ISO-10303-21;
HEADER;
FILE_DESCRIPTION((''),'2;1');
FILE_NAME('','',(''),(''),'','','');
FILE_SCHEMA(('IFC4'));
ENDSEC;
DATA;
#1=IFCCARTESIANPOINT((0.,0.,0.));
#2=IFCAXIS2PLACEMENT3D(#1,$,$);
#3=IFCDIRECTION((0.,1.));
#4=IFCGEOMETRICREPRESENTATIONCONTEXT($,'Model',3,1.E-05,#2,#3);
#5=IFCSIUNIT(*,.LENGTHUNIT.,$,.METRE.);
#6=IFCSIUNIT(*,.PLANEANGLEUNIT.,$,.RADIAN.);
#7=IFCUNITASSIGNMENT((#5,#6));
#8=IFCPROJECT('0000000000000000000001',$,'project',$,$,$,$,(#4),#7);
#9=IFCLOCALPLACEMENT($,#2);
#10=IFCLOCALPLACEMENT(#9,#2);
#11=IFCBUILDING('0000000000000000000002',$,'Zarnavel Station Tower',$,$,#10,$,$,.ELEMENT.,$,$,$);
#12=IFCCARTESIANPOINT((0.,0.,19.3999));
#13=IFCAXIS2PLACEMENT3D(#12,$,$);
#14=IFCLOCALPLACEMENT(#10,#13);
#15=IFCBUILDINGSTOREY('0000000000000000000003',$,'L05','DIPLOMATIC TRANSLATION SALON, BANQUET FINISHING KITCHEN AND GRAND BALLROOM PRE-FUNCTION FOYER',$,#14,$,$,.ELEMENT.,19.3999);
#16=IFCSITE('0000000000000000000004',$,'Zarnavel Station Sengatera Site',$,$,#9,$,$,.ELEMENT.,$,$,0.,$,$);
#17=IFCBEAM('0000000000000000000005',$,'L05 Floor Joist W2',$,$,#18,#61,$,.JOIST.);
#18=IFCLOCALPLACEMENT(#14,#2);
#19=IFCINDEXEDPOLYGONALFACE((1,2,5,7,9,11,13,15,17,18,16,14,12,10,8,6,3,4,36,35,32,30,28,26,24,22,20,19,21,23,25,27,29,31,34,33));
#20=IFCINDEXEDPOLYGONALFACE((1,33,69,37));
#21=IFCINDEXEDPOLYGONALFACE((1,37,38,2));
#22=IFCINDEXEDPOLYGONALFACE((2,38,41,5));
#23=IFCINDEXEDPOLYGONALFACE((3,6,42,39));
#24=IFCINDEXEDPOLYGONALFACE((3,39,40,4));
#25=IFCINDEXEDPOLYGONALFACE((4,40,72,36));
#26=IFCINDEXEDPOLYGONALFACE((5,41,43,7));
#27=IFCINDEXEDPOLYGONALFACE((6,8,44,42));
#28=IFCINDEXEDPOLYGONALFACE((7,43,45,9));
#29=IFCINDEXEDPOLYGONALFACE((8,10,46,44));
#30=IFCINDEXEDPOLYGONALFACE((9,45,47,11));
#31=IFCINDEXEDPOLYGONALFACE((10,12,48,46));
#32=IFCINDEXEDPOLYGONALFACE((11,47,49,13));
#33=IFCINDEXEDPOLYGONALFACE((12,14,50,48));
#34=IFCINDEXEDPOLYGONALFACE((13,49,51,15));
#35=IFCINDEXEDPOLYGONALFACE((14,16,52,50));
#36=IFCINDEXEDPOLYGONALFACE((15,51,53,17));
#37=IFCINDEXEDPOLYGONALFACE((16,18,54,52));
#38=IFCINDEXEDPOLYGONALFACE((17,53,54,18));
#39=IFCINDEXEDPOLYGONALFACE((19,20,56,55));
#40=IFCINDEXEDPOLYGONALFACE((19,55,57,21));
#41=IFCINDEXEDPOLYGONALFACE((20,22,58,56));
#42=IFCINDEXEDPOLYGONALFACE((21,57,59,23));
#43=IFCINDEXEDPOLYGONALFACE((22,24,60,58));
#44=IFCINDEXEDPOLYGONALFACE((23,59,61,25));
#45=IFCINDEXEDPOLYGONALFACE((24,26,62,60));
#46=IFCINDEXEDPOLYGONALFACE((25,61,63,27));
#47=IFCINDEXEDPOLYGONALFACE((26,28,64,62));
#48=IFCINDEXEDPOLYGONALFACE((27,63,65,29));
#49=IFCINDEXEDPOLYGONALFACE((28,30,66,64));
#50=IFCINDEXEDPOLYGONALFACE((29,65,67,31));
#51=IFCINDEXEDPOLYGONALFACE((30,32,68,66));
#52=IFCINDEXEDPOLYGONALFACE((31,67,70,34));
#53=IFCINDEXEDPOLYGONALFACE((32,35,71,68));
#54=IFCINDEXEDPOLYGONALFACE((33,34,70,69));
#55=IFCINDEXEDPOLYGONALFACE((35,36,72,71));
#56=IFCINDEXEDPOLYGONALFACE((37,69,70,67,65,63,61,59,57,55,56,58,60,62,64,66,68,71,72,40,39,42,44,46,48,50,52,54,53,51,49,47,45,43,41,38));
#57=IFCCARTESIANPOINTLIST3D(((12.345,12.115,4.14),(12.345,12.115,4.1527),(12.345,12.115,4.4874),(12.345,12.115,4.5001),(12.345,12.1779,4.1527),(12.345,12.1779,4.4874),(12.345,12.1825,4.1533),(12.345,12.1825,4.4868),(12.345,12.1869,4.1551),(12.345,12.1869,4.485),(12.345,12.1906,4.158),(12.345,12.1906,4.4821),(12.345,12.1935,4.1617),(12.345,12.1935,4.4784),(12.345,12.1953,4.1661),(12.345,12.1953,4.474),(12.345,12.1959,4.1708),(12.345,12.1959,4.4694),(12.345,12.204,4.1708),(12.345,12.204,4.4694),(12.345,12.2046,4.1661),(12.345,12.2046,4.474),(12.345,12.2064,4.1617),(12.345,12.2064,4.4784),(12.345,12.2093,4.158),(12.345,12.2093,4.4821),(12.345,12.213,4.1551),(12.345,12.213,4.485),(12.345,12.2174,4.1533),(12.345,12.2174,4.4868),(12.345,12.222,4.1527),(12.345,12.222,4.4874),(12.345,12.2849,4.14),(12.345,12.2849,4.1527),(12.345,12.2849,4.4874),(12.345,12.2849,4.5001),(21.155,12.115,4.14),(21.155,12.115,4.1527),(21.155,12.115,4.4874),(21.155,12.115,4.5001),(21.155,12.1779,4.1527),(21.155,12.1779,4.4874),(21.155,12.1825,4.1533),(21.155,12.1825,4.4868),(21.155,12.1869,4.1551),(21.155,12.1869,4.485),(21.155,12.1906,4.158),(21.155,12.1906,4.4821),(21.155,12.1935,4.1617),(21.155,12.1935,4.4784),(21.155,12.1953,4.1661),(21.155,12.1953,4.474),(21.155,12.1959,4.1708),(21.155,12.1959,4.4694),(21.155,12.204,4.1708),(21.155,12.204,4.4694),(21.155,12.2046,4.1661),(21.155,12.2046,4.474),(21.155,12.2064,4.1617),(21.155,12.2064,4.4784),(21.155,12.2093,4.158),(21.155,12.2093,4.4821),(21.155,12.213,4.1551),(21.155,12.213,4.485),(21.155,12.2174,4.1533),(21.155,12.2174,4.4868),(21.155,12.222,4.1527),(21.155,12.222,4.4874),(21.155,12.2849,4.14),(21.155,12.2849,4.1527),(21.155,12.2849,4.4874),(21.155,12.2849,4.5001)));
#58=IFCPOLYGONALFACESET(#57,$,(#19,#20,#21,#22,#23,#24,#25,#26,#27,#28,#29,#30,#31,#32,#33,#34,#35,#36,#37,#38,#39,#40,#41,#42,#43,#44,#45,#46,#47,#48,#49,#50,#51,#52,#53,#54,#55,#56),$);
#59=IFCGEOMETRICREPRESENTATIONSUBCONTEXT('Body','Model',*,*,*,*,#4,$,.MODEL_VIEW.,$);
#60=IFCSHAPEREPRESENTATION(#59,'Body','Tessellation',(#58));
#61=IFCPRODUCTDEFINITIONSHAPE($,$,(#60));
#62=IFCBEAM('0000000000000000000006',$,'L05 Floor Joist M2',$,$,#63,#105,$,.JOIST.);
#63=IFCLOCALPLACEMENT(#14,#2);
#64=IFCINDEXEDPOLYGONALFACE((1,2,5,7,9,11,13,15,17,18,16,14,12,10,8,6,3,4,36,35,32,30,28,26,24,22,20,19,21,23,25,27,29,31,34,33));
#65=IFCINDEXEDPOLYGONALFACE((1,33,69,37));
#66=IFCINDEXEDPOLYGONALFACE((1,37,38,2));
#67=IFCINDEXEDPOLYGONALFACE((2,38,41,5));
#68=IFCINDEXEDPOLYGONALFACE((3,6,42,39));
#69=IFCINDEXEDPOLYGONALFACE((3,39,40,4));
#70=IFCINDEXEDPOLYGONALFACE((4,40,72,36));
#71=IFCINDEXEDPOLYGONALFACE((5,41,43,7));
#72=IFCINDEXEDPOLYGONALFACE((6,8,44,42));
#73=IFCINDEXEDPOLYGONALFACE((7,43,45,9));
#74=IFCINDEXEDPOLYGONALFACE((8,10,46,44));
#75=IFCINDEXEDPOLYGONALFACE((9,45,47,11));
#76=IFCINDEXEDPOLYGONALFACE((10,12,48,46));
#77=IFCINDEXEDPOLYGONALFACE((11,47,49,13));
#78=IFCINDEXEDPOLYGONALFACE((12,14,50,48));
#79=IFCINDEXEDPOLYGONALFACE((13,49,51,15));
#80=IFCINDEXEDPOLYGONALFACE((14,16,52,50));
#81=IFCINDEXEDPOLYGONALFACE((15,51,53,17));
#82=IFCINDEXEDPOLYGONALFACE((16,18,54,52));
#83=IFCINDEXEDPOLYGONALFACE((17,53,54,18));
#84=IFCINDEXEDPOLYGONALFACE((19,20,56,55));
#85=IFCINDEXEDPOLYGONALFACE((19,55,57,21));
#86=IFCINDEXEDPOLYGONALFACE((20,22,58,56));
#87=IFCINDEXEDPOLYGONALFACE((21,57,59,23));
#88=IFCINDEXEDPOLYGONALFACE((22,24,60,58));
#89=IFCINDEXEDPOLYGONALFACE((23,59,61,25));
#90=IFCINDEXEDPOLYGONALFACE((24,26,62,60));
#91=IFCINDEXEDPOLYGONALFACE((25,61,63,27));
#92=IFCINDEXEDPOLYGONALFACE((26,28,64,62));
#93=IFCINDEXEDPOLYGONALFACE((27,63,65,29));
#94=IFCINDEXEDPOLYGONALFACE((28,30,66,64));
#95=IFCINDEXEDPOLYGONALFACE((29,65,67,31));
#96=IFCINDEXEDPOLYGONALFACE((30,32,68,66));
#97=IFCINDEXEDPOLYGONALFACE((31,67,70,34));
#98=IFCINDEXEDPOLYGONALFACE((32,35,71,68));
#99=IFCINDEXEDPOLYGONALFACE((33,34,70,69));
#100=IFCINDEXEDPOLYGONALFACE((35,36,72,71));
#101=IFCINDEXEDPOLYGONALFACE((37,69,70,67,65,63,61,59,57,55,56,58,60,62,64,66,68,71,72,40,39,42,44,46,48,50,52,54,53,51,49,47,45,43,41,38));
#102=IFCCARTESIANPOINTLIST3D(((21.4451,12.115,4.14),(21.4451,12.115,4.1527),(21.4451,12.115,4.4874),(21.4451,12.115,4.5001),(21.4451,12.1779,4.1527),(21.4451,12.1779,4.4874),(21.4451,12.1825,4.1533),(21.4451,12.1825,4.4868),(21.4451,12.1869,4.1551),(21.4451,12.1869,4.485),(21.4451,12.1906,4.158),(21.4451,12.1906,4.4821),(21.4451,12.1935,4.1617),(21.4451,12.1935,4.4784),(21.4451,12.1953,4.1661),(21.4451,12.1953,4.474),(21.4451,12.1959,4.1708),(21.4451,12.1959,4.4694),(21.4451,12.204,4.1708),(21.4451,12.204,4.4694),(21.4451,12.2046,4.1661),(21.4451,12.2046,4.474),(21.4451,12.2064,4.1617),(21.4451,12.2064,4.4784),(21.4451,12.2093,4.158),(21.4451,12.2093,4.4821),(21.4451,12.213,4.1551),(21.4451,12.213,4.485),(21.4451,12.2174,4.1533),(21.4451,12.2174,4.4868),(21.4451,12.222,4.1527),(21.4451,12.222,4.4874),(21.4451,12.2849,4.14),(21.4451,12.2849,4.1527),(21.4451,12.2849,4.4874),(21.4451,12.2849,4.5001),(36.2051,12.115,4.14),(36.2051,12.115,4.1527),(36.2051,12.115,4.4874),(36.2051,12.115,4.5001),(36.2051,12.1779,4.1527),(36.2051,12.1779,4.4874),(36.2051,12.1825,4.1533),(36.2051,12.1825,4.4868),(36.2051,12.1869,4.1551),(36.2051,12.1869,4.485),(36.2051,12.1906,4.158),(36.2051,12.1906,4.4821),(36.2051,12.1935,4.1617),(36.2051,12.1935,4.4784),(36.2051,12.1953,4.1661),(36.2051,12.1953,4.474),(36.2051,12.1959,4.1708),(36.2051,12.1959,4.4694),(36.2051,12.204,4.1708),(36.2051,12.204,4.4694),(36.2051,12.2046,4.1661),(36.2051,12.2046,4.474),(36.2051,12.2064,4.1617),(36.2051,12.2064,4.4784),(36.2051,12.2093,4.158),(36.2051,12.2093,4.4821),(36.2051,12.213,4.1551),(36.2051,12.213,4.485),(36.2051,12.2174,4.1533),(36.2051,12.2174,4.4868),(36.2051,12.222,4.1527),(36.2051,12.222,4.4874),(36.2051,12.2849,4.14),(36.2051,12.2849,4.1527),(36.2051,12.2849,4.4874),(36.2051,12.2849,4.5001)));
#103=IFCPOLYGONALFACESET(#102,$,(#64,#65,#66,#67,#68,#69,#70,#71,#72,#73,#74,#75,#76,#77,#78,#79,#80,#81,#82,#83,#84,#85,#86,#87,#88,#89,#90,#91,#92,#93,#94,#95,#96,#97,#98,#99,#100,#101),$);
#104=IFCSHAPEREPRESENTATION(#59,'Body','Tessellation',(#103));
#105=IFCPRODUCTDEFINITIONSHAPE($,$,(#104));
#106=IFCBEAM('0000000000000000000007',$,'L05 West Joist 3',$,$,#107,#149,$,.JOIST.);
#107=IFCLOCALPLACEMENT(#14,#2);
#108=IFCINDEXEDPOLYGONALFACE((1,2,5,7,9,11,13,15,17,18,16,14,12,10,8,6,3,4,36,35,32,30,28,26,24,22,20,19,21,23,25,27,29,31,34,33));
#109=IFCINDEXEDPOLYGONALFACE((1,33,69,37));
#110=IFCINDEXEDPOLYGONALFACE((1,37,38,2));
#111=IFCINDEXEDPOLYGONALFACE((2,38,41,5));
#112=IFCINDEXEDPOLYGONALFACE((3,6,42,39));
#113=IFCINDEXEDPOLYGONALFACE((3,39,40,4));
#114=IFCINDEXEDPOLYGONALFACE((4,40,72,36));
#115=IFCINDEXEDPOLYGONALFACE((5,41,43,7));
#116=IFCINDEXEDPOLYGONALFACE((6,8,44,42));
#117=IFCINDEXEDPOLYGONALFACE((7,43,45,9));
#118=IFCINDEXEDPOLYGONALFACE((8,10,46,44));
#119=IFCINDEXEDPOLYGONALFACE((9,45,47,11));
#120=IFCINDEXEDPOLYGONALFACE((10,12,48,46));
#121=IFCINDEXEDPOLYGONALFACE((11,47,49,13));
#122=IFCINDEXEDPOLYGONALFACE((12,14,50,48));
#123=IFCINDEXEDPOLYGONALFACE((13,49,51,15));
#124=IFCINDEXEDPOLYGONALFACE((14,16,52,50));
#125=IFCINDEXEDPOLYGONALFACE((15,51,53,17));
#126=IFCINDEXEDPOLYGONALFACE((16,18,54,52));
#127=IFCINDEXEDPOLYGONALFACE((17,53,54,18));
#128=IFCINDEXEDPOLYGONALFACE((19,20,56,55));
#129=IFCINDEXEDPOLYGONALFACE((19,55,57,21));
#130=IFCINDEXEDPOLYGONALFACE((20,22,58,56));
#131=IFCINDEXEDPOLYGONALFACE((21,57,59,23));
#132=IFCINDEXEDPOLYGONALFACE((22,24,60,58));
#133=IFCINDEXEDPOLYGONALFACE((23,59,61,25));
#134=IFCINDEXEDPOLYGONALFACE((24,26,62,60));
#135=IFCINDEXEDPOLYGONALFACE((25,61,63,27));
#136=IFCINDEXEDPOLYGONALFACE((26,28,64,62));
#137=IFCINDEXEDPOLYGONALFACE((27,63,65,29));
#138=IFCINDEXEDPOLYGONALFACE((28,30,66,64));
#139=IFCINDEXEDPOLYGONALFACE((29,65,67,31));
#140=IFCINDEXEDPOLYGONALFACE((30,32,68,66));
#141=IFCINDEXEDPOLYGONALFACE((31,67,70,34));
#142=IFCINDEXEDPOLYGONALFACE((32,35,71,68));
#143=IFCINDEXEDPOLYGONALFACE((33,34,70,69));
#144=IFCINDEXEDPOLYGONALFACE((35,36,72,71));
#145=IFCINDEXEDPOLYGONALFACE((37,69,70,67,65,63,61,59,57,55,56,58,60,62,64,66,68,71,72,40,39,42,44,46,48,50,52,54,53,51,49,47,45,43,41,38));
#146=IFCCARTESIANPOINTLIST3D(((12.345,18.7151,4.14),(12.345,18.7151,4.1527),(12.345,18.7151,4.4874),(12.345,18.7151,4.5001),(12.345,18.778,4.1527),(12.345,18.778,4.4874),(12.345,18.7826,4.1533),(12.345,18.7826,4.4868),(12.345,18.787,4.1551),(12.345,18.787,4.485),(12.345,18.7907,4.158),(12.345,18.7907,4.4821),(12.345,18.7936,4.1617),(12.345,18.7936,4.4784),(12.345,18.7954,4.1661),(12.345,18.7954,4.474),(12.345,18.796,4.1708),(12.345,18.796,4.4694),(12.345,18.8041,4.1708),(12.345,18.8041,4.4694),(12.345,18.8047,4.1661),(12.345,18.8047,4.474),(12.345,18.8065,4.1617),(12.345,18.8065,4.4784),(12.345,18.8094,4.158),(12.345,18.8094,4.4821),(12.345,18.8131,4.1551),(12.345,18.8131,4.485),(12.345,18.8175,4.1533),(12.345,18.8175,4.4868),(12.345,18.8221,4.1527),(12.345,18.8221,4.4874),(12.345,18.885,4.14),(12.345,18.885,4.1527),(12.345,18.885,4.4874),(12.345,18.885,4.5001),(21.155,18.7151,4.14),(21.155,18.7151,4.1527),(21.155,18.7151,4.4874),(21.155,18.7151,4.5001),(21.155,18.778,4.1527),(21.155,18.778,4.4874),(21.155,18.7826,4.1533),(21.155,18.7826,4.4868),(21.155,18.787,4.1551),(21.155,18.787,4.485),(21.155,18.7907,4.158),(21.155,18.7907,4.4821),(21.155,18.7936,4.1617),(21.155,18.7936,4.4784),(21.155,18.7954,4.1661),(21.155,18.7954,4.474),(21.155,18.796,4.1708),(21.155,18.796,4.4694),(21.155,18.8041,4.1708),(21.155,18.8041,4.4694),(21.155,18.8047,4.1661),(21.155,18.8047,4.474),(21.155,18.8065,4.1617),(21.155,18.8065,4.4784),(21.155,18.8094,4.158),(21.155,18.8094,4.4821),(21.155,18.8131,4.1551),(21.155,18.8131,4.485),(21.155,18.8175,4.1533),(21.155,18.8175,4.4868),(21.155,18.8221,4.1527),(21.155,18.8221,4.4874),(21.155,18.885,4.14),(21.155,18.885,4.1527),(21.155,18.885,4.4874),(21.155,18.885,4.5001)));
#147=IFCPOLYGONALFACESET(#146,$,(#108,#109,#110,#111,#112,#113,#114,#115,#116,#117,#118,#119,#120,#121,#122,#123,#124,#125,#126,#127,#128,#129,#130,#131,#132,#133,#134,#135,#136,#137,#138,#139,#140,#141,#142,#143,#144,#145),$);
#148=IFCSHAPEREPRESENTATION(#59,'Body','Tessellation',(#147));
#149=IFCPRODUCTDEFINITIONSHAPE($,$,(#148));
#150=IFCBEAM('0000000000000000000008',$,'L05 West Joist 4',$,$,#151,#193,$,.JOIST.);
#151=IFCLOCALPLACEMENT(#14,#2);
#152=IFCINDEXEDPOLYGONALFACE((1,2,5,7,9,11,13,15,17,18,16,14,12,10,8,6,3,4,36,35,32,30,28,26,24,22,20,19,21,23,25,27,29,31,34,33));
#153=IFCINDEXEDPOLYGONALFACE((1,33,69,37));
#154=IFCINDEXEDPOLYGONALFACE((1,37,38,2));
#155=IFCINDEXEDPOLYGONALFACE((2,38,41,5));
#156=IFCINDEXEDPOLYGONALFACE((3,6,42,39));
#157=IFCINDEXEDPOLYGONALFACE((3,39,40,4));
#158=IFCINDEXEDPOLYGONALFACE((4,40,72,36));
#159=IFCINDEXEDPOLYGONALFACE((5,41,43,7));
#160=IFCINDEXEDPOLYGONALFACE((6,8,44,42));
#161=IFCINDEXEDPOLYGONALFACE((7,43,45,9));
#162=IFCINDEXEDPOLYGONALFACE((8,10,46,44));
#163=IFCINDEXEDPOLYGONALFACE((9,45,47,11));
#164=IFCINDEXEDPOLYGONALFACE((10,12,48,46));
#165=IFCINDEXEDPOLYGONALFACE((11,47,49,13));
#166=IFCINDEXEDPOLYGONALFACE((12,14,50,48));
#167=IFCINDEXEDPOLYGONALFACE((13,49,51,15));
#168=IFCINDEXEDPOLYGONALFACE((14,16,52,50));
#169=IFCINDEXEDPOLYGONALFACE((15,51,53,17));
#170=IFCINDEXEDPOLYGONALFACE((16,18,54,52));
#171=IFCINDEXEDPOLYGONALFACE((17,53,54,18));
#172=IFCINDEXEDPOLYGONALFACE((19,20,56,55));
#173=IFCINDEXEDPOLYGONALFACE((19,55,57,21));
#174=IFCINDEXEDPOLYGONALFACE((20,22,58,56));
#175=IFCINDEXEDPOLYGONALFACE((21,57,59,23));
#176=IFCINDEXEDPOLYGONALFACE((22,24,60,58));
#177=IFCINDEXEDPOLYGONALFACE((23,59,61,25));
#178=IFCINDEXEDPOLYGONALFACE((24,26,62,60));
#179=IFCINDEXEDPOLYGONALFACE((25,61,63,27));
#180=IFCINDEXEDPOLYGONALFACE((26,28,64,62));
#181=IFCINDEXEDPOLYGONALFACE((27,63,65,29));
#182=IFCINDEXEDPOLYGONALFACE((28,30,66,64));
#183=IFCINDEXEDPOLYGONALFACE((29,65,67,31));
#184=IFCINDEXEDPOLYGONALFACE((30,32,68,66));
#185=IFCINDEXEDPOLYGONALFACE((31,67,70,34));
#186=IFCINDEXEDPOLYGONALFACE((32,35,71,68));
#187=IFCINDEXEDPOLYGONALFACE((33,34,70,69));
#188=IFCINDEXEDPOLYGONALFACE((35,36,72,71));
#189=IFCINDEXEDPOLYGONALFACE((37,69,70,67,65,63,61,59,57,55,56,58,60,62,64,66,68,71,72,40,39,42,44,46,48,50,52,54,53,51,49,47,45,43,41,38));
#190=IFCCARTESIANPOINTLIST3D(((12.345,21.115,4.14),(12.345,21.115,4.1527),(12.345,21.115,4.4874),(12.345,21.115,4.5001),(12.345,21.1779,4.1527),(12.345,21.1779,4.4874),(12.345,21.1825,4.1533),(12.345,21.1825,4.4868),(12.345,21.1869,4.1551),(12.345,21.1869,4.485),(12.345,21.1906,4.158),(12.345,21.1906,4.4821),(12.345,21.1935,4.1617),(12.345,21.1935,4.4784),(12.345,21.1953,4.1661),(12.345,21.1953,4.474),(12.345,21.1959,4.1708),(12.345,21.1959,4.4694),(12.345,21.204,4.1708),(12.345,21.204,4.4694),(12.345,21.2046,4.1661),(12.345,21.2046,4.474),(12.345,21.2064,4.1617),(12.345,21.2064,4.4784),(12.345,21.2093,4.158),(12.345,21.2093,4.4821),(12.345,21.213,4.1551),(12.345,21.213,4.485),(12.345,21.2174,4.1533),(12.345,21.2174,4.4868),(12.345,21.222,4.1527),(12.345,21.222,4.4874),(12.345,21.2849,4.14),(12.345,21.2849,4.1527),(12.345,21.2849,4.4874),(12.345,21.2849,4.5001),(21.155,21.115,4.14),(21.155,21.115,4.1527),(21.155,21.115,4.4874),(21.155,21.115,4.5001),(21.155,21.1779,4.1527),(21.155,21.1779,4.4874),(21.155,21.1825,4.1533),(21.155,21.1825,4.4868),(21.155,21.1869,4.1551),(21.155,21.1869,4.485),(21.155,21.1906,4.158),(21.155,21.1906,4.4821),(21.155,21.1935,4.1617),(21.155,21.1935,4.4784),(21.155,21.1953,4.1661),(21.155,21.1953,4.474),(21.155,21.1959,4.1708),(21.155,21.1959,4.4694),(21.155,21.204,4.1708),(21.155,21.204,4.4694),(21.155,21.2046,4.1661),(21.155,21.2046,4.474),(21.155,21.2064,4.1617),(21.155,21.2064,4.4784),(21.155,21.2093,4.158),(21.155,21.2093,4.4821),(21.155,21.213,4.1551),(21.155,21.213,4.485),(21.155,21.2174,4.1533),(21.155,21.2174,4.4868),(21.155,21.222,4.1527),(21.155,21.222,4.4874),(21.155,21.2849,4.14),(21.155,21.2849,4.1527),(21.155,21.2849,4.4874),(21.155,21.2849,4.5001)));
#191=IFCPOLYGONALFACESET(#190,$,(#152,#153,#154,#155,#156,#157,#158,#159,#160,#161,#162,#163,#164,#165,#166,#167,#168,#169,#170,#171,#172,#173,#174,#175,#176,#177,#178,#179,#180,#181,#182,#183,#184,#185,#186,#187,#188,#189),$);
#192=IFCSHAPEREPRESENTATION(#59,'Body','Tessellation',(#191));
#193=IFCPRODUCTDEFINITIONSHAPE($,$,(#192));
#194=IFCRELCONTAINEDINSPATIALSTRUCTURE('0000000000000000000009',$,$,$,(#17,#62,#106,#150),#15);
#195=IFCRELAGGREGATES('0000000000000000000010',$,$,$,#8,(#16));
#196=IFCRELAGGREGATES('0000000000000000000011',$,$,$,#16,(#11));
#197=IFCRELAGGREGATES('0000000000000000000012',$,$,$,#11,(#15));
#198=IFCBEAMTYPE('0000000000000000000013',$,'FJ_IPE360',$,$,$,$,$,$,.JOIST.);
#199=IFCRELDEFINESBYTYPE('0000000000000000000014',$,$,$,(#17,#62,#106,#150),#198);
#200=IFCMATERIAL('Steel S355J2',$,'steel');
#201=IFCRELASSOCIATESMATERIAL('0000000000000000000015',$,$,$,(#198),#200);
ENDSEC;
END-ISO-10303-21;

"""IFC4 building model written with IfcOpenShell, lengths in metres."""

from ifc_helpers import new_model, si_unit, direction, frame, origin, origin_2d, place, context, subcontext, project, spatial, i_section, extrude, material, material_profile, profile_set, type_object, element, save


model = new_model("IFC4")

# Units and contexts
model_context = context("Model", 3, precision=1e-05, world=origin(), true_north=direction((0.0, 1.0)))
body_context = subcontext(model_context, "Body", "Model", "MODEL_VIEW")
ifc_project = project(units=[si_unit("LENGTHUNIT", "METRE"), si_unit("PLANEANGLEUNIT", "RADIAN")], contexts=[model_context])

# Site, building, storey
site_placement = place(None, origin())
site = spatial("IfcSite", under=ifc_project, at=site_placement, Name="Zarnavel Station Sengatera Site", CompositionType="ELEMENT", RefElevation=0.0)
building_placement = place(site_placement, origin())
building = spatial("IfcBuilding", under=site, at=building_placement, Name="Zarnavel Station Tower", CompositionType="ELEMENT")
storey_placement = place(building_placement, frame((0.0, 0.0, 19.3999)))
storey = spatial("IfcBuildingStorey", under=building, at=storey_placement, Name="L05", Description="DIPLOMATIC TRANSLATION SALON, BANQUET FINISHING KITCHEN AND GRAND BALLROOM PRE-FUNCTION FOYER", CompositionType="ELEMENT", Elevation=19.3999)

# Beams
ifc_material_1 = material(Name="Steel S355J2", Category="steel")
ifc_material_profile_1 = material_profile(ifc_material_1, i_section(OverallWidth=0.1699, OverallDepth=0.3601, WebThickness=0.0081, FlangeThickness=0.0127, FilletRadius=0.0181, at=origin_2d()), Name="IPE360")
ifc_profile_set_1 = profile_set([ifc_material_profile_1], Name="Steel S355J2")
beam_type_1 = type_object("IfcBeamType", Name="FJ_IPE360", PredefinedType="JOIST", material=ifc_profile_set_1)
beam_1_placement = place(storey_placement, frame((12.345, 12.2, 4.3201), z_axis=(1.0, 0.0, 0.0), x_axis=(0.0, 1.0, 0.0)))
element("IfcBeam", 1, at=beam_1_placement, inside=storey, type_object=beam_type_1, Name="L05 Floor Joist W2", PredefinedType="JOIST", context=body_context, shape_type="SweptSolid", body=[
    extrude(i_section(OverallWidth=0.1699, OverallDepth=0.3601, WebThickness=0.0081, FlangeThickness=0.0127, FilletRadius=0.0181, at=origin_2d()), origin(), (0.0, 0.0, 1.0), 8.8101),
])
beam_2_placement = place(storey_placement, frame((21.4451, 12.2, 4.3201), z_axis=(1.0, 0.0, 0.0), x_axis=(0.0, 1.0, 0.0)))
element("IfcBeam", 2, at=beam_2_placement, inside=storey, type_object=beam_type_1, Name="L05 Floor Joist M2", PredefinedType="JOIST", context=body_context, shape_type="SweptSolid", body=[
    extrude(i_section(OverallWidth=0.1699, OverallDepth=0.3601, WebThickness=0.0081, FlangeThickness=0.0127, FilletRadius=0.0181, at=origin_2d()), origin(), (0.0, 0.0, 1.0), 14.76),
])
for number, where, z_axis, x_axis, name in (
    (3, (12.345, 18.8, 4.3201), (1.0, 0.0, 0.0), (0.0, 1.0, 0.0), "L05 West Joist 3"),
    (4, (12.345, 21.2, 4.3201), (1.0, 0.0, 0.0), (0.0, 1.0, 0.0), "L05 West Joist 4"),
):
    element("IfcBeam", number, at=place(storey_placement, frame(where, z_axis=z_axis, x_axis=x_axis)), inside=storey, type_object=beam_type_1, Name=name, PredefinedType="JOIST", context=body_context, shape_type="SweptSolid", body=[
        extrude(i_section(OverallWidth=0.1699, OverallDepth=0.3601, WebThickness=0.0081, FlangeThickness=0.0127, FilletRadius=0.0181, at=origin_2d()), origin(), (0.0, 0.0, 1.0), 8.8101),
    ])

save(model, "model.ifc")
